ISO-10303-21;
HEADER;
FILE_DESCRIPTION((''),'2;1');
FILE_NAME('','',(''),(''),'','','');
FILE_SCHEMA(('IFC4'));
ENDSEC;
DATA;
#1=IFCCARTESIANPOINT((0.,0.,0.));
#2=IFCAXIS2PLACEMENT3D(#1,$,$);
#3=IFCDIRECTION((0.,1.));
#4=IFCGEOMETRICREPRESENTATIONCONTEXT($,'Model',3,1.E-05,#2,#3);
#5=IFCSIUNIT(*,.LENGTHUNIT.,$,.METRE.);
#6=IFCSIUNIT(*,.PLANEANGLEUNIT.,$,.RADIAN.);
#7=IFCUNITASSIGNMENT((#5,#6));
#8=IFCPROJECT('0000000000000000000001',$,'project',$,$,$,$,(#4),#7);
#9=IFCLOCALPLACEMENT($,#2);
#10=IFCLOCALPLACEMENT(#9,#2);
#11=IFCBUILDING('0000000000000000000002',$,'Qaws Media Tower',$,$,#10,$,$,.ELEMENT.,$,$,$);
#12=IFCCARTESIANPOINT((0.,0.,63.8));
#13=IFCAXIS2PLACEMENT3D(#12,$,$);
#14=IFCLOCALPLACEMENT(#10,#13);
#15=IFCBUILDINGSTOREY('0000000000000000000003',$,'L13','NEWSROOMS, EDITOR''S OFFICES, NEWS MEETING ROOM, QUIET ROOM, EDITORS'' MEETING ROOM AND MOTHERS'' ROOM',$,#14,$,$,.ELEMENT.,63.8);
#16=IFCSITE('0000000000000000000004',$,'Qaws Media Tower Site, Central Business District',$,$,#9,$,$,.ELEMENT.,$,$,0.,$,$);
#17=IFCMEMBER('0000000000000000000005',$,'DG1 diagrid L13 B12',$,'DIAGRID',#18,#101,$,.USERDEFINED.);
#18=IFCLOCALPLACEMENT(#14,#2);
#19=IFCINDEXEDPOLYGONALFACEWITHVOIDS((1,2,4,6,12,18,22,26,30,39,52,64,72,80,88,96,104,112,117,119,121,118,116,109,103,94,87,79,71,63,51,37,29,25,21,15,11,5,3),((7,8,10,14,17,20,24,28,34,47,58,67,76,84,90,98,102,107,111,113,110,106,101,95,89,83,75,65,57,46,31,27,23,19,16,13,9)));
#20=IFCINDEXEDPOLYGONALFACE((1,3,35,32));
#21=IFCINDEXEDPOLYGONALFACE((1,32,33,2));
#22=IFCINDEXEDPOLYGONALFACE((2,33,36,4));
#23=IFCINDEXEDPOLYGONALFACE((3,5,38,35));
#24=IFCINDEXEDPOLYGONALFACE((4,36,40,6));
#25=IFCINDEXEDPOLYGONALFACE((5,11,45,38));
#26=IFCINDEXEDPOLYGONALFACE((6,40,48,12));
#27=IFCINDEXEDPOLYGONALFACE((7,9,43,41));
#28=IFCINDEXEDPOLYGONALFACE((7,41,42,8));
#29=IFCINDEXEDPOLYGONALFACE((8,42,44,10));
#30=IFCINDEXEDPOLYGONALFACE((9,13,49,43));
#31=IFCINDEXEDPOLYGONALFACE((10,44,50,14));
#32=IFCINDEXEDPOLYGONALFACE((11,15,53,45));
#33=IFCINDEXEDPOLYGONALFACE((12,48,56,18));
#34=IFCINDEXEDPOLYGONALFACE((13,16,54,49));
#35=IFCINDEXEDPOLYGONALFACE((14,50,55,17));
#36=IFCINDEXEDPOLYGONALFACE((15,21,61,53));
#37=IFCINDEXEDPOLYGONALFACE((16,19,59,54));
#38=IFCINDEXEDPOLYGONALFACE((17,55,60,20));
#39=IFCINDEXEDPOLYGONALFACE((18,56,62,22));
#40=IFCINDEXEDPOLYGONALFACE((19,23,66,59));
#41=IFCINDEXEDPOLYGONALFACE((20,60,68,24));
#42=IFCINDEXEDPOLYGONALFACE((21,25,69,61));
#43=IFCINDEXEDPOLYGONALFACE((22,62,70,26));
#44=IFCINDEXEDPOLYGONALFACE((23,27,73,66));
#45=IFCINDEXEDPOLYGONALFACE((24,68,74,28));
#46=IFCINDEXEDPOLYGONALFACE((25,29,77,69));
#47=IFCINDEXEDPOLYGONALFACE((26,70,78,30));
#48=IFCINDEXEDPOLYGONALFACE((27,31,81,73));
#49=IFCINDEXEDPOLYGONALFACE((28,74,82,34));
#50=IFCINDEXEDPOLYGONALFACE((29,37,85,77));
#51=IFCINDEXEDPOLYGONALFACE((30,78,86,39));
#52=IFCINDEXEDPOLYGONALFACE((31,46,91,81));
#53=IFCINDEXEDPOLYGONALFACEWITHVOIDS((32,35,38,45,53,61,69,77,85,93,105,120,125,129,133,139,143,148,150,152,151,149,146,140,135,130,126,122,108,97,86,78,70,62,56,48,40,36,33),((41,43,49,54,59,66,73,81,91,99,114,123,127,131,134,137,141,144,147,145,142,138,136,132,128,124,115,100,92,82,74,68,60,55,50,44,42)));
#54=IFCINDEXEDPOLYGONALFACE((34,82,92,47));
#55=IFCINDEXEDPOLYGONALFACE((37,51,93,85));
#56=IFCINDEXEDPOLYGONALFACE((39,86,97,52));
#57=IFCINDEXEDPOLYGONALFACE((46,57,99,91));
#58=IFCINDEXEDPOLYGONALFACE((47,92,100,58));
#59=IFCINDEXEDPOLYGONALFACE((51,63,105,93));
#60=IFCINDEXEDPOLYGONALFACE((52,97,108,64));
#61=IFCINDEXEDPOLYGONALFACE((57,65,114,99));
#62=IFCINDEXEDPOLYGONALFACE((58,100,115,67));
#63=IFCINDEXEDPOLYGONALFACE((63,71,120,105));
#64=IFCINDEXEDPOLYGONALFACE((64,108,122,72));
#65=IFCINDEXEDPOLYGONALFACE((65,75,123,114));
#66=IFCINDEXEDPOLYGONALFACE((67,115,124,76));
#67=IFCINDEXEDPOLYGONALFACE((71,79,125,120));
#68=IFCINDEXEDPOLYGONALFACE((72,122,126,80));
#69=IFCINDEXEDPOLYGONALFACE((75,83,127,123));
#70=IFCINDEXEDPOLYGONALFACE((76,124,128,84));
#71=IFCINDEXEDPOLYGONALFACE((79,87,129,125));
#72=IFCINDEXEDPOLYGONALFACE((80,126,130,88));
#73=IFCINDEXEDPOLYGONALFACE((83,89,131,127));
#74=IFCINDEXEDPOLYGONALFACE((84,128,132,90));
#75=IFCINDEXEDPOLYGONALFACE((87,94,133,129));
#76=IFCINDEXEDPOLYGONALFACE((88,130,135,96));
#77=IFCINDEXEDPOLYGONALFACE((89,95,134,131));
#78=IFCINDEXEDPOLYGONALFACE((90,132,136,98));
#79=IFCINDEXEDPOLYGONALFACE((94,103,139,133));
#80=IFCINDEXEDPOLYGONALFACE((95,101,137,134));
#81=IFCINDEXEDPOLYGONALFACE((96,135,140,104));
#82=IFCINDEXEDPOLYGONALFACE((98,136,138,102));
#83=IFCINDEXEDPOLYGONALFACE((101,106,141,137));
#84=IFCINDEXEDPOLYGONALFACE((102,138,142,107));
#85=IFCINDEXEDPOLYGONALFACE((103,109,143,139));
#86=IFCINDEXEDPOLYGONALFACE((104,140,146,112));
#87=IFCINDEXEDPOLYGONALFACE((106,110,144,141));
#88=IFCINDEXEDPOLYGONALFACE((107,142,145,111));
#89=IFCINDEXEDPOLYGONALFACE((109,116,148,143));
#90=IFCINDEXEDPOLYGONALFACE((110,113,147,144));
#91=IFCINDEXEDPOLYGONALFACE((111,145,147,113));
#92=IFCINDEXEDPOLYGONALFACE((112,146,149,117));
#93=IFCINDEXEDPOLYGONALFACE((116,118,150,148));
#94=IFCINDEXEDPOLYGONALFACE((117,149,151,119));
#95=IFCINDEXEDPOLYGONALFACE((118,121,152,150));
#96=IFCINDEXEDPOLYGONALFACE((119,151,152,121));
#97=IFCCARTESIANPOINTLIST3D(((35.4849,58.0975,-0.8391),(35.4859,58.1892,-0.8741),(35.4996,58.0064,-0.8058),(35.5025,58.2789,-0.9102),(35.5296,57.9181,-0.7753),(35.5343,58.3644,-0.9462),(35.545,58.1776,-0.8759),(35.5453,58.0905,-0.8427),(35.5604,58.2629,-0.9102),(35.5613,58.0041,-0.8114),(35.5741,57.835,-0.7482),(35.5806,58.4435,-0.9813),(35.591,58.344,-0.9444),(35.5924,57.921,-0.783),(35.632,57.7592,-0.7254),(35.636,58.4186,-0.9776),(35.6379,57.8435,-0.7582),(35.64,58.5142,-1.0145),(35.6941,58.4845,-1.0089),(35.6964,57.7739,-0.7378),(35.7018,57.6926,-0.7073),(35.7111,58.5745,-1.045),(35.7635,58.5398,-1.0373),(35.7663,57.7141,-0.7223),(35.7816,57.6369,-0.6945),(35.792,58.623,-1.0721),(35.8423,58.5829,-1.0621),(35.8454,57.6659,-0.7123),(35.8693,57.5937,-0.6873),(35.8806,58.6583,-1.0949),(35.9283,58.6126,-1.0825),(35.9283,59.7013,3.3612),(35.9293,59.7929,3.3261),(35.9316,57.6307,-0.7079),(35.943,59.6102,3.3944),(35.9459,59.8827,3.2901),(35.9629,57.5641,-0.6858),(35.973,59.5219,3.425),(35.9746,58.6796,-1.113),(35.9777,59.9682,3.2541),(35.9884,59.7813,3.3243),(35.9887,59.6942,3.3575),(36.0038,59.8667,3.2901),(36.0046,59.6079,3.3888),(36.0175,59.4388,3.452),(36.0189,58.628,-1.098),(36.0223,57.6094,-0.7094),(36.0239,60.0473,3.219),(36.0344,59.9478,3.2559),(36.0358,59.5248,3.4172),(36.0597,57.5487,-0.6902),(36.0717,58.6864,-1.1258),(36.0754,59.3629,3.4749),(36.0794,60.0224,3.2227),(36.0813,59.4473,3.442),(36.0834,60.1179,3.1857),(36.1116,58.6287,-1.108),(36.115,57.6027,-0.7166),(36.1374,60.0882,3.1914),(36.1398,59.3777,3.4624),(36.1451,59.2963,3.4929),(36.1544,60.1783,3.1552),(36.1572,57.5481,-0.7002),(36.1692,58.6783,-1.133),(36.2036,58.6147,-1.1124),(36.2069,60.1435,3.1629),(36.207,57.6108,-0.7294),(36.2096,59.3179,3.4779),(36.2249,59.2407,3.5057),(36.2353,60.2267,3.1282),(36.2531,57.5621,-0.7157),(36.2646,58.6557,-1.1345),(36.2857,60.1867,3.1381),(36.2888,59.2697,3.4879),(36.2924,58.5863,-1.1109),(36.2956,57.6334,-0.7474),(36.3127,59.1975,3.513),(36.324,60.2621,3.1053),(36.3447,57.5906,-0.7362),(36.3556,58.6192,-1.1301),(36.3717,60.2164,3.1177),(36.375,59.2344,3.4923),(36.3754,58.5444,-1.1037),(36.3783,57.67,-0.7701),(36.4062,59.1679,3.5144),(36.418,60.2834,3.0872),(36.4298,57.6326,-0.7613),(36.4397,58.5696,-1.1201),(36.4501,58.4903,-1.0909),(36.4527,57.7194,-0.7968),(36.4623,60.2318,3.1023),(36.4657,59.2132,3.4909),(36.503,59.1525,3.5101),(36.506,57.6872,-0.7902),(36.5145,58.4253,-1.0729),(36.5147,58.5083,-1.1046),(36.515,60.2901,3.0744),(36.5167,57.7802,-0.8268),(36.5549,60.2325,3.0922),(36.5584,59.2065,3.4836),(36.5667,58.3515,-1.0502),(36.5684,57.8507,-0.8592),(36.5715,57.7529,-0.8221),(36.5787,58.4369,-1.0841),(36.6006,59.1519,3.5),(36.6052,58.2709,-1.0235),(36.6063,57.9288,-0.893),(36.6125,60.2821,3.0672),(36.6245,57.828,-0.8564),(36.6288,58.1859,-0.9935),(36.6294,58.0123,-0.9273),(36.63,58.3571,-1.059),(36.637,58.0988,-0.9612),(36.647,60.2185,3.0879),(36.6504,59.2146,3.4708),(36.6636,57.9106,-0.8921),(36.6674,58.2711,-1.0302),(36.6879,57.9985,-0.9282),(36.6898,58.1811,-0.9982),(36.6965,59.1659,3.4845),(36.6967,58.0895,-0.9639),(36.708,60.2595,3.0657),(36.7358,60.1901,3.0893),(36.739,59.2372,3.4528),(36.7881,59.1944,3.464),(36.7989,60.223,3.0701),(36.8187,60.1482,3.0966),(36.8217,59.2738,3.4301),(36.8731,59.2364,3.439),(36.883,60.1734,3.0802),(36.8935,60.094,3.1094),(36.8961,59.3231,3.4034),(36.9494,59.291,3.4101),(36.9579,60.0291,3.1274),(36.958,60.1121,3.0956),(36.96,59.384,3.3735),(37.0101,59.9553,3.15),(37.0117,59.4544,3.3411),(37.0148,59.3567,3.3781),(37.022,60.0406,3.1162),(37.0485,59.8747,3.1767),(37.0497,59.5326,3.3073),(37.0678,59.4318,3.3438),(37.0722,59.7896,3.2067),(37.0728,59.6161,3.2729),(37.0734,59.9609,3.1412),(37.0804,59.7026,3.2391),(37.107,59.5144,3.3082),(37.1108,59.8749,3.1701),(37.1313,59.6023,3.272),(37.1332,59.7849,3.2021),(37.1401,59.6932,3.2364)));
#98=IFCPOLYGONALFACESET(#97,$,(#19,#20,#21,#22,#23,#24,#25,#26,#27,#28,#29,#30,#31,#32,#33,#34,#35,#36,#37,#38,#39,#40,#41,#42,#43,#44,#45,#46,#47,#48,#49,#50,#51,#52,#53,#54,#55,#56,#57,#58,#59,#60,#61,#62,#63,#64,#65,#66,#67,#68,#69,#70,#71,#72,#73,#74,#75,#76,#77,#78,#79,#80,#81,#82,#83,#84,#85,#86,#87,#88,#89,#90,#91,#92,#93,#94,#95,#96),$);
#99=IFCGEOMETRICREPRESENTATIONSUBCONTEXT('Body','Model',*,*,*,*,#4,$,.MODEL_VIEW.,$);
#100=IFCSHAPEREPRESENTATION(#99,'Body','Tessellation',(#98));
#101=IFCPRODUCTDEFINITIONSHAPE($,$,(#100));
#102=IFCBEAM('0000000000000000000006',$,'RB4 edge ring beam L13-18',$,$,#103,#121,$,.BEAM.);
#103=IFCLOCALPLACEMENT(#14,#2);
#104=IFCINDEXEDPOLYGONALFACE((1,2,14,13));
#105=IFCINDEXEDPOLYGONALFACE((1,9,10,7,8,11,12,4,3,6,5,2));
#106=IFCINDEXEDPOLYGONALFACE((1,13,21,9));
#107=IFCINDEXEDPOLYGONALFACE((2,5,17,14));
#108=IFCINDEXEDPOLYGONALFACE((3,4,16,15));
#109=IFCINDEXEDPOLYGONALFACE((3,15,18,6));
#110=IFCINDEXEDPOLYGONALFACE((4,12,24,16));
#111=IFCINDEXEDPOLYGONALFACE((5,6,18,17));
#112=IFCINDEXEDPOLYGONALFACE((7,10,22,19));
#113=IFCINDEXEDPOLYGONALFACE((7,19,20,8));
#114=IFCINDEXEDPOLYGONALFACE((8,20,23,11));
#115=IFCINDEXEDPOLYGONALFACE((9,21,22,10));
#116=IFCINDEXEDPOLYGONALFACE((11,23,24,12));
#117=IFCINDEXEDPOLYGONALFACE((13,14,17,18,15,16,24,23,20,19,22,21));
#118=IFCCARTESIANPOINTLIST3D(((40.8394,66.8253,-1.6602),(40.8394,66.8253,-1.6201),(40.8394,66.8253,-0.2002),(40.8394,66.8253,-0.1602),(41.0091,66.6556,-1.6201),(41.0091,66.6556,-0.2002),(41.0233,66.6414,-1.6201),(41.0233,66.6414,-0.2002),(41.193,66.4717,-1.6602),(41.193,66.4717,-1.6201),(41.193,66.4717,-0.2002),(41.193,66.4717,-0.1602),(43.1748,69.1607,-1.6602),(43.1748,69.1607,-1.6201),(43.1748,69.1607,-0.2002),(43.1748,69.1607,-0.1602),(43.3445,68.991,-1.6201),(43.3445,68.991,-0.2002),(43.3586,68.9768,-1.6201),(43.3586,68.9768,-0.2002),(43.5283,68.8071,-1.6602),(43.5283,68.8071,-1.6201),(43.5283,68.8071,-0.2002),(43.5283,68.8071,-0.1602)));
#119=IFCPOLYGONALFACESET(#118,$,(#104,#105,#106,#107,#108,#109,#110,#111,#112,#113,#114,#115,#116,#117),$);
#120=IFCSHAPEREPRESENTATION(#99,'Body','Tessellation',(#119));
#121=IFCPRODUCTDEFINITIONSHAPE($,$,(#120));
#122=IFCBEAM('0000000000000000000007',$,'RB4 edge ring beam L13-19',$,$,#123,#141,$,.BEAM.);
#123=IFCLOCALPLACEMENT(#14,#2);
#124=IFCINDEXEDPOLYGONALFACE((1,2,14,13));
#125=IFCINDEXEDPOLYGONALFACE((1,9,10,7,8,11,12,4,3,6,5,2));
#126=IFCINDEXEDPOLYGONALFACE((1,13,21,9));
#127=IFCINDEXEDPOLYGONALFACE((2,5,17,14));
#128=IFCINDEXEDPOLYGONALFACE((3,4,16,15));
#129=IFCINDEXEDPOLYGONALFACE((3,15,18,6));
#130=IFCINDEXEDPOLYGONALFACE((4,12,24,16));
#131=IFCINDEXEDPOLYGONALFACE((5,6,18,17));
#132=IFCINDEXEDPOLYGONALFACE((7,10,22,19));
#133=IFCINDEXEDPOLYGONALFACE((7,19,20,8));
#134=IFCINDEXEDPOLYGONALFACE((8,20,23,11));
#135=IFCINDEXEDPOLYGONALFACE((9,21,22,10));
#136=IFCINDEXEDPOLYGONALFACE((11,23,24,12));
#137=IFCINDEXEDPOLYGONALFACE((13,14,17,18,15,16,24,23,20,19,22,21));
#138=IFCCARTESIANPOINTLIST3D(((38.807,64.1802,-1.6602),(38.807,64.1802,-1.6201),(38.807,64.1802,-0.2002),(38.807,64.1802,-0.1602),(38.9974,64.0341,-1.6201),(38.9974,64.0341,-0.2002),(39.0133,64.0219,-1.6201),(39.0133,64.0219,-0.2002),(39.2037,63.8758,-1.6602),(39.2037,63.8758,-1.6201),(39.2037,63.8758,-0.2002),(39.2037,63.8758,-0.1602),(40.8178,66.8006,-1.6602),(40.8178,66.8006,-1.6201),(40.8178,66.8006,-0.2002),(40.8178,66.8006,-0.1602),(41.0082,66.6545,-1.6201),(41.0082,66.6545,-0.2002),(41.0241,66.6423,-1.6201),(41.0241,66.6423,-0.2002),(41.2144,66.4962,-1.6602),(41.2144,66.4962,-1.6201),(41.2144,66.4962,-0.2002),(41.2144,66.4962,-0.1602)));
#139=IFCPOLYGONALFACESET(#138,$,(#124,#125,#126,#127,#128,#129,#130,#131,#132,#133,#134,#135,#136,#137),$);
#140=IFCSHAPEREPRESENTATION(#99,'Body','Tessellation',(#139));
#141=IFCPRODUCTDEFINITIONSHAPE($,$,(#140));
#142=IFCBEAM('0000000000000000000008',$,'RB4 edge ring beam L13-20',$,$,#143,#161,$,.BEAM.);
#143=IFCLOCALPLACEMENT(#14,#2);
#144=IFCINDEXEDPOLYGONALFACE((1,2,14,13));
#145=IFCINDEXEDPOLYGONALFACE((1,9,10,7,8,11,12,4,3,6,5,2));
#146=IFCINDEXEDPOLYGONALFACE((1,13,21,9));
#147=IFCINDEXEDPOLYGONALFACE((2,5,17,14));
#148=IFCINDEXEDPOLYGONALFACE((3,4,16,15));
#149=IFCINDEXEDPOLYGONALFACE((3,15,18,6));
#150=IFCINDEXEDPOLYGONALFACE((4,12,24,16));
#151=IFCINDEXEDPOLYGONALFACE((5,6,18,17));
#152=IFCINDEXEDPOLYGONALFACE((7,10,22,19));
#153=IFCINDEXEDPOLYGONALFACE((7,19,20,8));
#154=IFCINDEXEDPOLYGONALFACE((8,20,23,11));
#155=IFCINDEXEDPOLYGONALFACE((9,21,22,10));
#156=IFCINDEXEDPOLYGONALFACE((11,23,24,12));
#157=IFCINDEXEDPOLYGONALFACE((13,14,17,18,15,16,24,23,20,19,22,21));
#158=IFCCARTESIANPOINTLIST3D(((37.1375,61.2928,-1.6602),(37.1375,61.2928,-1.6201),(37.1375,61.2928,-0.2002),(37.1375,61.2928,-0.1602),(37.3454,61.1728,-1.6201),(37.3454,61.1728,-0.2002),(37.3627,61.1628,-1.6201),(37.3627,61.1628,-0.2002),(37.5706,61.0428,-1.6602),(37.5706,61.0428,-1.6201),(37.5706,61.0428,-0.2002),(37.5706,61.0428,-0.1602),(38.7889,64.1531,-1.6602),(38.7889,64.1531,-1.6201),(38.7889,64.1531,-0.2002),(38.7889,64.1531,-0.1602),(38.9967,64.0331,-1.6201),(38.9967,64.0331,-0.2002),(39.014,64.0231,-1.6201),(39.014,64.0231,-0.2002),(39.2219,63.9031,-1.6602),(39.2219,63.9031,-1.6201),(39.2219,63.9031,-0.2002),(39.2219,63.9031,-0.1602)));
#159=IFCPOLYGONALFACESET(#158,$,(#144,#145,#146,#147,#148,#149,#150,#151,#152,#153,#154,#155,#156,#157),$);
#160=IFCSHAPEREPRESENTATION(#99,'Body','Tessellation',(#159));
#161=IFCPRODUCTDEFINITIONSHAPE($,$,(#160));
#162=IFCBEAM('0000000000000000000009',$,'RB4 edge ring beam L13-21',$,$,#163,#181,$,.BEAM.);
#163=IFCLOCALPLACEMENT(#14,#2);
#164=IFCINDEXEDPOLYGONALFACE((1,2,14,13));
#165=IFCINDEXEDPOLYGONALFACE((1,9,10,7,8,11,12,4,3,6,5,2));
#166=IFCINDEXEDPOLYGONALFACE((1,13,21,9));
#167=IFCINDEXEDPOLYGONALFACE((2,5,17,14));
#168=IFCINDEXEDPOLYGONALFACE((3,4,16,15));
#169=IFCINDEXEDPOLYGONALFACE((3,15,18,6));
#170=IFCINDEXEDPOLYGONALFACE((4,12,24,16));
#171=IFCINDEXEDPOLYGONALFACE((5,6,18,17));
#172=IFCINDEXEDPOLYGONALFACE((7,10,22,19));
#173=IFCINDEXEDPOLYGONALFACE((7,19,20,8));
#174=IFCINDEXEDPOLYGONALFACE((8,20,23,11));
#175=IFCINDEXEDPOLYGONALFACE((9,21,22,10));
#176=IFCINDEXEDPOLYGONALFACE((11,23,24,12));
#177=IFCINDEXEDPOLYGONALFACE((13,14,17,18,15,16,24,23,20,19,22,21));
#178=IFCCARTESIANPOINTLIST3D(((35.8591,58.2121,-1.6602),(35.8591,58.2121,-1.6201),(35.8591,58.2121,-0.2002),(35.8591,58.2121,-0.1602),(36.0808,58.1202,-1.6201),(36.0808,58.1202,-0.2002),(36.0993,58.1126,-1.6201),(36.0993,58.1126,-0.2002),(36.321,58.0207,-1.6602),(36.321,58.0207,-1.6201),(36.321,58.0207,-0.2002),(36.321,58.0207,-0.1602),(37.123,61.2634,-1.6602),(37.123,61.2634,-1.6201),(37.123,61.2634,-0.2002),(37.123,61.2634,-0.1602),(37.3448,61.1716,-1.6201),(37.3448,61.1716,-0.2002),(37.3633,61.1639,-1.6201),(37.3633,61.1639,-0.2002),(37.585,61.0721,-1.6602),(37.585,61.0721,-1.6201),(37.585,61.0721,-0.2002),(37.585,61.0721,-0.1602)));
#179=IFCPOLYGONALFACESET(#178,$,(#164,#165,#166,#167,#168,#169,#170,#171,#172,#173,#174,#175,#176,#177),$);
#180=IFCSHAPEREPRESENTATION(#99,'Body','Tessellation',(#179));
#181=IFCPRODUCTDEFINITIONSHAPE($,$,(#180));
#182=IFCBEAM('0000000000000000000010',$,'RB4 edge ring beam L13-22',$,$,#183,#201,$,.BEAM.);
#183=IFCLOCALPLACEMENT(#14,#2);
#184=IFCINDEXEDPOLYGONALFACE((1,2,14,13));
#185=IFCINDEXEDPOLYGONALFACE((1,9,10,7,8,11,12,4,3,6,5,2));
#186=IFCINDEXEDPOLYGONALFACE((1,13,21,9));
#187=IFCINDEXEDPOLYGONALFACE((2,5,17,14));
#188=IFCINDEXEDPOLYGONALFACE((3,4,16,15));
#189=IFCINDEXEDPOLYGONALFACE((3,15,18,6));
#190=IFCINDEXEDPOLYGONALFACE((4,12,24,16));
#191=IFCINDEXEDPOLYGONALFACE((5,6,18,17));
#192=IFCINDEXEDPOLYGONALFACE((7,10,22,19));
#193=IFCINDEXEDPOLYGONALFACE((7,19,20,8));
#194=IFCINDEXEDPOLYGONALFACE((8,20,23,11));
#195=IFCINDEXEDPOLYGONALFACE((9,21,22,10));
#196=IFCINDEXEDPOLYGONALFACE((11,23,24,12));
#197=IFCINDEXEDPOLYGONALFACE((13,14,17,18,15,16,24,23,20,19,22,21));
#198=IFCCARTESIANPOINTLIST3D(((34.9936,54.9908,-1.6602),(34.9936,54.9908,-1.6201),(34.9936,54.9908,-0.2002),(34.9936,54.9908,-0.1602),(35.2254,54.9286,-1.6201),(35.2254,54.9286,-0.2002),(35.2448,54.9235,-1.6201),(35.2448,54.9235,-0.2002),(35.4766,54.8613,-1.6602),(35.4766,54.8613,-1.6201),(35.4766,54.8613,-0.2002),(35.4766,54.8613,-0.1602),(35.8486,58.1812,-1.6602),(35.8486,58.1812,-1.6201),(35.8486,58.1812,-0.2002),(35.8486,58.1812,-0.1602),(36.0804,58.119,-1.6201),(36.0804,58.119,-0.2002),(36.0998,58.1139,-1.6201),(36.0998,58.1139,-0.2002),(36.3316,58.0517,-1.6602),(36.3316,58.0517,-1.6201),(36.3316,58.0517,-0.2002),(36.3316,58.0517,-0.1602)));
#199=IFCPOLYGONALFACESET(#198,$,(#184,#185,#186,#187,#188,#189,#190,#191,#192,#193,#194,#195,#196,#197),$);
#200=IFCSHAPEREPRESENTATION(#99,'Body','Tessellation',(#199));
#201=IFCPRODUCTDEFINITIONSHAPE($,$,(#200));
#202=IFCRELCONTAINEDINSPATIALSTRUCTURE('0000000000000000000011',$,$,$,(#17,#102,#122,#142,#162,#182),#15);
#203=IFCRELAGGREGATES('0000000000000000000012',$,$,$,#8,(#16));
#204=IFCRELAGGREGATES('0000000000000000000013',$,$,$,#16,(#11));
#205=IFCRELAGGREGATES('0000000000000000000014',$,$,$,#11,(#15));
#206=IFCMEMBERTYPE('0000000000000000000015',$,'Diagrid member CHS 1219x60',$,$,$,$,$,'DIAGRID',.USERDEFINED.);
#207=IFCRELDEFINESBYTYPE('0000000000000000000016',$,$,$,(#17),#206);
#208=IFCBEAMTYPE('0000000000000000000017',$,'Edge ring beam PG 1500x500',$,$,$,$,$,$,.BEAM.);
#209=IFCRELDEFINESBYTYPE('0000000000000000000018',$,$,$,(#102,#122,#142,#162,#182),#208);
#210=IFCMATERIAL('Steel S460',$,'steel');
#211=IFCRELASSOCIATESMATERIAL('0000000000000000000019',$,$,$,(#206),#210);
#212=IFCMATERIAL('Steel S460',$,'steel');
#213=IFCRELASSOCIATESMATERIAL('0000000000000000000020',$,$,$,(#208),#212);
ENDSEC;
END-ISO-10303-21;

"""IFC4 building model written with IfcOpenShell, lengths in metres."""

from ifc_helpers import new_model, si_unit, direction, frame, origin, origin_2d, place, context, subcontext, project, spatial, hollow_circle, i_section, extrude, material, material_profile, profile_set, type_object, element, save


model = new_model("IFC4")

# Units and contexts
model_context = context("Model", 3, precision=1e-05, world=origin(), true_north=direction((0.0, 1.0)))
body_context = subcontext(model_context, "Body", "Model", "MODEL_VIEW")
ifc_project = project(units=[si_unit("LENGTHUNIT", "METRE"), si_unit("PLANEANGLEUNIT", "RADIAN")], contexts=[model_context])

# Site, building, storey
site_placement = place(None, origin())
site = spatial("IfcSite", under=ifc_project, at=site_placement, Name="Qaws Media Tower Site, Central Business District", CompositionType="ELEMENT", RefElevation=0.0)
building_placement = place(site_placement, origin())
building = spatial("IfcBuilding", under=site, at=building_placement, Name="Qaws Media Tower", CompositionType="ELEMENT")
storey_placement = place(building_placement, frame((0.0, 0.0, 63.8)))
storey = spatial("IfcBuildingStorey", under=building, at=storey_placement, Name="L13", Description="NEWSROOMS, EDITOR'S OFFICES, NEWS MEETING ROOM, QUIET ROOM, EDITORS' MEETING ROOM AND MOTHERS' ROOM", CompositionType="ELEMENT", Elevation=63.8)

# Member
ifc_material_1 = material(Name="Steel S460", Category="steel")
ifc_material_profile_1 = material_profile(ifc_material_1, hollow_circle(Radius=0.6096, WallThickness=0.0601, at=origin_2d()), Name="CHS 1219x60")
ifc_profile_set_1 = profile_set([ifc_material_profile_1], Name="Steel S460")
member_type_1 = type_object("IfcMemberType", Name="Diagrid member CHS 1219x60", ElementType="DIAGRID", PredefinedType="USERDEFINED", material=ifc_profile_set_1)
for number, where, z_axis, x_axis, name in (
    (1, (36.0901, 58.1165, -0.9102), (0.098137, 0.354989, 0.929705), (-0.963847, 0.266456, 0.0), "DG1 diagrid L13 B12"),
):
    element("IfcMember", number, at=place(storey_placement, frame(where, z_axis=z_axis, x_axis=x_axis)), inside=storey, type_object=member_type_1, Name=name, ObjectType="DIAGRID", PredefinedType="USERDEFINED", context=body_context, shape_type="SweptSolid", body=[
        extrude(hollow_circle(Radius=0.6096, WallThickness=0.0601, at=origin_2d()), origin(), (0.0, 0.0, 1.0), 4.5178),
    ])

# Beams
ifc_material_2 = material(Name="Steel S460", Category="steel")
ifc_material_profile_2 = material_profile(ifc_material_2, i_section(OverallWidth=0.5, OverallDepth=1.5, WebThickness=0.02, FlangeThickness=0.04, at=origin_2d()), Name="PG 1500x500")
ifc_profile_set_2 = profile_set([ifc_material_profile_2], Name="Steel S460")
beam_type = type_object("IfcBeamType", Name="Edge ring beam PG 1500x500", PredefinedType="BEAM", material=ifc_profile_set_2)
beam_1_placement = place(storey_placement, frame((43.3516, 68.9839, -0.9102), z_axis=(-0.707107, -0.707107, 0.0), x_axis=(0.707107, -0.707107, 0.0)))
element("IfcBeam", 2, at=beam_1_placement, inside=storey, type_object=beam_type, Name="RB4 edge ring beam L13-18", PredefinedType="BEAM", context=body_context, shape_type="SweptSolid", body=[
    extrude(i_section(OverallWidth=0.5, OverallDepth=1.5, WebThickness=0.02, FlangeThickness=0.04, at=origin_2d()), origin(), (0.0, 0.0, 1.0), 3.3027),
])
beam_2_placement = place(storey_placement, frame((41.0161, 66.6484, -0.9102), z_axis=(-0.608774, -0.793343, 0.0), x_axis=(0.793343, -0.608774, 0.0)))
element("IfcBeam", 3, at=beam_2_placement, inside=storey, type_object=beam_type, Name="RB4 edge ring beam L13-19", PredefinedType="BEAM", context=body_context, shape_type="SweptSolid", body=[
    extrude(i_section(OverallWidth=0.5, OverallDepth=1.5, WebThickness=0.02, FlangeThickness=0.04, at=origin_2d()), origin(), (0.0, 0.0, 1.0), 3.303),
])
for number, where, z_axis, x_axis, name in (
    (4, (39.0054, 64.0281, -0.9102), (-0.499987, -0.866033, 0.0), (0.866033, -0.499987, 0.0), "RB4 edge ring beam L13-20"),
    (5, (37.354, 61.1677, -0.9102), (-0.382693, -0.923875, 0.0), (0.923875, -0.382693, 0.0), "RB4 edge ring beam L13-21"),
):
    element("IfcBeam", number, at=place(storey_placement, frame(where, z_axis=z_axis, x_axis=x_axis)), inside=storey, type_object=beam_type, Name=name, PredefinedType="BEAM", context=body_context, shape_type="SweptSolid", body=[
        extrude(i_section(OverallWidth=0.5, OverallDepth=1.5, WebThickness=0.02, FlangeThickness=0.04, at=origin_2d()), origin(), (0.0, 0.0, 1.0), 3.3027),
    ])
beam_3_placement = place(storey_placement, frame((36.0901, 58.1165, -0.9102), z_axis=(-0.258849, -0.965918, 0.0), x_axis=(0.965918, -0.258849, 0.0)))
element("IfcBeam", 6, at=beam_3_placement, inside=storey, type_object=beam_type, Name="RB4 edge ring beam L13-22", PredefinedType="BEAM", context=body_context, shape_type="SweptSolid", body=[
    extrude(i_section(OverallWidth=0.5, OverallDepth=1.5, WebThickness=0.02, FlangeThickness=0.04, at=origin_2d()), origin(), (0.0, 0.0, 1.0), 3.303),
])

save(model, "model.ifc")
